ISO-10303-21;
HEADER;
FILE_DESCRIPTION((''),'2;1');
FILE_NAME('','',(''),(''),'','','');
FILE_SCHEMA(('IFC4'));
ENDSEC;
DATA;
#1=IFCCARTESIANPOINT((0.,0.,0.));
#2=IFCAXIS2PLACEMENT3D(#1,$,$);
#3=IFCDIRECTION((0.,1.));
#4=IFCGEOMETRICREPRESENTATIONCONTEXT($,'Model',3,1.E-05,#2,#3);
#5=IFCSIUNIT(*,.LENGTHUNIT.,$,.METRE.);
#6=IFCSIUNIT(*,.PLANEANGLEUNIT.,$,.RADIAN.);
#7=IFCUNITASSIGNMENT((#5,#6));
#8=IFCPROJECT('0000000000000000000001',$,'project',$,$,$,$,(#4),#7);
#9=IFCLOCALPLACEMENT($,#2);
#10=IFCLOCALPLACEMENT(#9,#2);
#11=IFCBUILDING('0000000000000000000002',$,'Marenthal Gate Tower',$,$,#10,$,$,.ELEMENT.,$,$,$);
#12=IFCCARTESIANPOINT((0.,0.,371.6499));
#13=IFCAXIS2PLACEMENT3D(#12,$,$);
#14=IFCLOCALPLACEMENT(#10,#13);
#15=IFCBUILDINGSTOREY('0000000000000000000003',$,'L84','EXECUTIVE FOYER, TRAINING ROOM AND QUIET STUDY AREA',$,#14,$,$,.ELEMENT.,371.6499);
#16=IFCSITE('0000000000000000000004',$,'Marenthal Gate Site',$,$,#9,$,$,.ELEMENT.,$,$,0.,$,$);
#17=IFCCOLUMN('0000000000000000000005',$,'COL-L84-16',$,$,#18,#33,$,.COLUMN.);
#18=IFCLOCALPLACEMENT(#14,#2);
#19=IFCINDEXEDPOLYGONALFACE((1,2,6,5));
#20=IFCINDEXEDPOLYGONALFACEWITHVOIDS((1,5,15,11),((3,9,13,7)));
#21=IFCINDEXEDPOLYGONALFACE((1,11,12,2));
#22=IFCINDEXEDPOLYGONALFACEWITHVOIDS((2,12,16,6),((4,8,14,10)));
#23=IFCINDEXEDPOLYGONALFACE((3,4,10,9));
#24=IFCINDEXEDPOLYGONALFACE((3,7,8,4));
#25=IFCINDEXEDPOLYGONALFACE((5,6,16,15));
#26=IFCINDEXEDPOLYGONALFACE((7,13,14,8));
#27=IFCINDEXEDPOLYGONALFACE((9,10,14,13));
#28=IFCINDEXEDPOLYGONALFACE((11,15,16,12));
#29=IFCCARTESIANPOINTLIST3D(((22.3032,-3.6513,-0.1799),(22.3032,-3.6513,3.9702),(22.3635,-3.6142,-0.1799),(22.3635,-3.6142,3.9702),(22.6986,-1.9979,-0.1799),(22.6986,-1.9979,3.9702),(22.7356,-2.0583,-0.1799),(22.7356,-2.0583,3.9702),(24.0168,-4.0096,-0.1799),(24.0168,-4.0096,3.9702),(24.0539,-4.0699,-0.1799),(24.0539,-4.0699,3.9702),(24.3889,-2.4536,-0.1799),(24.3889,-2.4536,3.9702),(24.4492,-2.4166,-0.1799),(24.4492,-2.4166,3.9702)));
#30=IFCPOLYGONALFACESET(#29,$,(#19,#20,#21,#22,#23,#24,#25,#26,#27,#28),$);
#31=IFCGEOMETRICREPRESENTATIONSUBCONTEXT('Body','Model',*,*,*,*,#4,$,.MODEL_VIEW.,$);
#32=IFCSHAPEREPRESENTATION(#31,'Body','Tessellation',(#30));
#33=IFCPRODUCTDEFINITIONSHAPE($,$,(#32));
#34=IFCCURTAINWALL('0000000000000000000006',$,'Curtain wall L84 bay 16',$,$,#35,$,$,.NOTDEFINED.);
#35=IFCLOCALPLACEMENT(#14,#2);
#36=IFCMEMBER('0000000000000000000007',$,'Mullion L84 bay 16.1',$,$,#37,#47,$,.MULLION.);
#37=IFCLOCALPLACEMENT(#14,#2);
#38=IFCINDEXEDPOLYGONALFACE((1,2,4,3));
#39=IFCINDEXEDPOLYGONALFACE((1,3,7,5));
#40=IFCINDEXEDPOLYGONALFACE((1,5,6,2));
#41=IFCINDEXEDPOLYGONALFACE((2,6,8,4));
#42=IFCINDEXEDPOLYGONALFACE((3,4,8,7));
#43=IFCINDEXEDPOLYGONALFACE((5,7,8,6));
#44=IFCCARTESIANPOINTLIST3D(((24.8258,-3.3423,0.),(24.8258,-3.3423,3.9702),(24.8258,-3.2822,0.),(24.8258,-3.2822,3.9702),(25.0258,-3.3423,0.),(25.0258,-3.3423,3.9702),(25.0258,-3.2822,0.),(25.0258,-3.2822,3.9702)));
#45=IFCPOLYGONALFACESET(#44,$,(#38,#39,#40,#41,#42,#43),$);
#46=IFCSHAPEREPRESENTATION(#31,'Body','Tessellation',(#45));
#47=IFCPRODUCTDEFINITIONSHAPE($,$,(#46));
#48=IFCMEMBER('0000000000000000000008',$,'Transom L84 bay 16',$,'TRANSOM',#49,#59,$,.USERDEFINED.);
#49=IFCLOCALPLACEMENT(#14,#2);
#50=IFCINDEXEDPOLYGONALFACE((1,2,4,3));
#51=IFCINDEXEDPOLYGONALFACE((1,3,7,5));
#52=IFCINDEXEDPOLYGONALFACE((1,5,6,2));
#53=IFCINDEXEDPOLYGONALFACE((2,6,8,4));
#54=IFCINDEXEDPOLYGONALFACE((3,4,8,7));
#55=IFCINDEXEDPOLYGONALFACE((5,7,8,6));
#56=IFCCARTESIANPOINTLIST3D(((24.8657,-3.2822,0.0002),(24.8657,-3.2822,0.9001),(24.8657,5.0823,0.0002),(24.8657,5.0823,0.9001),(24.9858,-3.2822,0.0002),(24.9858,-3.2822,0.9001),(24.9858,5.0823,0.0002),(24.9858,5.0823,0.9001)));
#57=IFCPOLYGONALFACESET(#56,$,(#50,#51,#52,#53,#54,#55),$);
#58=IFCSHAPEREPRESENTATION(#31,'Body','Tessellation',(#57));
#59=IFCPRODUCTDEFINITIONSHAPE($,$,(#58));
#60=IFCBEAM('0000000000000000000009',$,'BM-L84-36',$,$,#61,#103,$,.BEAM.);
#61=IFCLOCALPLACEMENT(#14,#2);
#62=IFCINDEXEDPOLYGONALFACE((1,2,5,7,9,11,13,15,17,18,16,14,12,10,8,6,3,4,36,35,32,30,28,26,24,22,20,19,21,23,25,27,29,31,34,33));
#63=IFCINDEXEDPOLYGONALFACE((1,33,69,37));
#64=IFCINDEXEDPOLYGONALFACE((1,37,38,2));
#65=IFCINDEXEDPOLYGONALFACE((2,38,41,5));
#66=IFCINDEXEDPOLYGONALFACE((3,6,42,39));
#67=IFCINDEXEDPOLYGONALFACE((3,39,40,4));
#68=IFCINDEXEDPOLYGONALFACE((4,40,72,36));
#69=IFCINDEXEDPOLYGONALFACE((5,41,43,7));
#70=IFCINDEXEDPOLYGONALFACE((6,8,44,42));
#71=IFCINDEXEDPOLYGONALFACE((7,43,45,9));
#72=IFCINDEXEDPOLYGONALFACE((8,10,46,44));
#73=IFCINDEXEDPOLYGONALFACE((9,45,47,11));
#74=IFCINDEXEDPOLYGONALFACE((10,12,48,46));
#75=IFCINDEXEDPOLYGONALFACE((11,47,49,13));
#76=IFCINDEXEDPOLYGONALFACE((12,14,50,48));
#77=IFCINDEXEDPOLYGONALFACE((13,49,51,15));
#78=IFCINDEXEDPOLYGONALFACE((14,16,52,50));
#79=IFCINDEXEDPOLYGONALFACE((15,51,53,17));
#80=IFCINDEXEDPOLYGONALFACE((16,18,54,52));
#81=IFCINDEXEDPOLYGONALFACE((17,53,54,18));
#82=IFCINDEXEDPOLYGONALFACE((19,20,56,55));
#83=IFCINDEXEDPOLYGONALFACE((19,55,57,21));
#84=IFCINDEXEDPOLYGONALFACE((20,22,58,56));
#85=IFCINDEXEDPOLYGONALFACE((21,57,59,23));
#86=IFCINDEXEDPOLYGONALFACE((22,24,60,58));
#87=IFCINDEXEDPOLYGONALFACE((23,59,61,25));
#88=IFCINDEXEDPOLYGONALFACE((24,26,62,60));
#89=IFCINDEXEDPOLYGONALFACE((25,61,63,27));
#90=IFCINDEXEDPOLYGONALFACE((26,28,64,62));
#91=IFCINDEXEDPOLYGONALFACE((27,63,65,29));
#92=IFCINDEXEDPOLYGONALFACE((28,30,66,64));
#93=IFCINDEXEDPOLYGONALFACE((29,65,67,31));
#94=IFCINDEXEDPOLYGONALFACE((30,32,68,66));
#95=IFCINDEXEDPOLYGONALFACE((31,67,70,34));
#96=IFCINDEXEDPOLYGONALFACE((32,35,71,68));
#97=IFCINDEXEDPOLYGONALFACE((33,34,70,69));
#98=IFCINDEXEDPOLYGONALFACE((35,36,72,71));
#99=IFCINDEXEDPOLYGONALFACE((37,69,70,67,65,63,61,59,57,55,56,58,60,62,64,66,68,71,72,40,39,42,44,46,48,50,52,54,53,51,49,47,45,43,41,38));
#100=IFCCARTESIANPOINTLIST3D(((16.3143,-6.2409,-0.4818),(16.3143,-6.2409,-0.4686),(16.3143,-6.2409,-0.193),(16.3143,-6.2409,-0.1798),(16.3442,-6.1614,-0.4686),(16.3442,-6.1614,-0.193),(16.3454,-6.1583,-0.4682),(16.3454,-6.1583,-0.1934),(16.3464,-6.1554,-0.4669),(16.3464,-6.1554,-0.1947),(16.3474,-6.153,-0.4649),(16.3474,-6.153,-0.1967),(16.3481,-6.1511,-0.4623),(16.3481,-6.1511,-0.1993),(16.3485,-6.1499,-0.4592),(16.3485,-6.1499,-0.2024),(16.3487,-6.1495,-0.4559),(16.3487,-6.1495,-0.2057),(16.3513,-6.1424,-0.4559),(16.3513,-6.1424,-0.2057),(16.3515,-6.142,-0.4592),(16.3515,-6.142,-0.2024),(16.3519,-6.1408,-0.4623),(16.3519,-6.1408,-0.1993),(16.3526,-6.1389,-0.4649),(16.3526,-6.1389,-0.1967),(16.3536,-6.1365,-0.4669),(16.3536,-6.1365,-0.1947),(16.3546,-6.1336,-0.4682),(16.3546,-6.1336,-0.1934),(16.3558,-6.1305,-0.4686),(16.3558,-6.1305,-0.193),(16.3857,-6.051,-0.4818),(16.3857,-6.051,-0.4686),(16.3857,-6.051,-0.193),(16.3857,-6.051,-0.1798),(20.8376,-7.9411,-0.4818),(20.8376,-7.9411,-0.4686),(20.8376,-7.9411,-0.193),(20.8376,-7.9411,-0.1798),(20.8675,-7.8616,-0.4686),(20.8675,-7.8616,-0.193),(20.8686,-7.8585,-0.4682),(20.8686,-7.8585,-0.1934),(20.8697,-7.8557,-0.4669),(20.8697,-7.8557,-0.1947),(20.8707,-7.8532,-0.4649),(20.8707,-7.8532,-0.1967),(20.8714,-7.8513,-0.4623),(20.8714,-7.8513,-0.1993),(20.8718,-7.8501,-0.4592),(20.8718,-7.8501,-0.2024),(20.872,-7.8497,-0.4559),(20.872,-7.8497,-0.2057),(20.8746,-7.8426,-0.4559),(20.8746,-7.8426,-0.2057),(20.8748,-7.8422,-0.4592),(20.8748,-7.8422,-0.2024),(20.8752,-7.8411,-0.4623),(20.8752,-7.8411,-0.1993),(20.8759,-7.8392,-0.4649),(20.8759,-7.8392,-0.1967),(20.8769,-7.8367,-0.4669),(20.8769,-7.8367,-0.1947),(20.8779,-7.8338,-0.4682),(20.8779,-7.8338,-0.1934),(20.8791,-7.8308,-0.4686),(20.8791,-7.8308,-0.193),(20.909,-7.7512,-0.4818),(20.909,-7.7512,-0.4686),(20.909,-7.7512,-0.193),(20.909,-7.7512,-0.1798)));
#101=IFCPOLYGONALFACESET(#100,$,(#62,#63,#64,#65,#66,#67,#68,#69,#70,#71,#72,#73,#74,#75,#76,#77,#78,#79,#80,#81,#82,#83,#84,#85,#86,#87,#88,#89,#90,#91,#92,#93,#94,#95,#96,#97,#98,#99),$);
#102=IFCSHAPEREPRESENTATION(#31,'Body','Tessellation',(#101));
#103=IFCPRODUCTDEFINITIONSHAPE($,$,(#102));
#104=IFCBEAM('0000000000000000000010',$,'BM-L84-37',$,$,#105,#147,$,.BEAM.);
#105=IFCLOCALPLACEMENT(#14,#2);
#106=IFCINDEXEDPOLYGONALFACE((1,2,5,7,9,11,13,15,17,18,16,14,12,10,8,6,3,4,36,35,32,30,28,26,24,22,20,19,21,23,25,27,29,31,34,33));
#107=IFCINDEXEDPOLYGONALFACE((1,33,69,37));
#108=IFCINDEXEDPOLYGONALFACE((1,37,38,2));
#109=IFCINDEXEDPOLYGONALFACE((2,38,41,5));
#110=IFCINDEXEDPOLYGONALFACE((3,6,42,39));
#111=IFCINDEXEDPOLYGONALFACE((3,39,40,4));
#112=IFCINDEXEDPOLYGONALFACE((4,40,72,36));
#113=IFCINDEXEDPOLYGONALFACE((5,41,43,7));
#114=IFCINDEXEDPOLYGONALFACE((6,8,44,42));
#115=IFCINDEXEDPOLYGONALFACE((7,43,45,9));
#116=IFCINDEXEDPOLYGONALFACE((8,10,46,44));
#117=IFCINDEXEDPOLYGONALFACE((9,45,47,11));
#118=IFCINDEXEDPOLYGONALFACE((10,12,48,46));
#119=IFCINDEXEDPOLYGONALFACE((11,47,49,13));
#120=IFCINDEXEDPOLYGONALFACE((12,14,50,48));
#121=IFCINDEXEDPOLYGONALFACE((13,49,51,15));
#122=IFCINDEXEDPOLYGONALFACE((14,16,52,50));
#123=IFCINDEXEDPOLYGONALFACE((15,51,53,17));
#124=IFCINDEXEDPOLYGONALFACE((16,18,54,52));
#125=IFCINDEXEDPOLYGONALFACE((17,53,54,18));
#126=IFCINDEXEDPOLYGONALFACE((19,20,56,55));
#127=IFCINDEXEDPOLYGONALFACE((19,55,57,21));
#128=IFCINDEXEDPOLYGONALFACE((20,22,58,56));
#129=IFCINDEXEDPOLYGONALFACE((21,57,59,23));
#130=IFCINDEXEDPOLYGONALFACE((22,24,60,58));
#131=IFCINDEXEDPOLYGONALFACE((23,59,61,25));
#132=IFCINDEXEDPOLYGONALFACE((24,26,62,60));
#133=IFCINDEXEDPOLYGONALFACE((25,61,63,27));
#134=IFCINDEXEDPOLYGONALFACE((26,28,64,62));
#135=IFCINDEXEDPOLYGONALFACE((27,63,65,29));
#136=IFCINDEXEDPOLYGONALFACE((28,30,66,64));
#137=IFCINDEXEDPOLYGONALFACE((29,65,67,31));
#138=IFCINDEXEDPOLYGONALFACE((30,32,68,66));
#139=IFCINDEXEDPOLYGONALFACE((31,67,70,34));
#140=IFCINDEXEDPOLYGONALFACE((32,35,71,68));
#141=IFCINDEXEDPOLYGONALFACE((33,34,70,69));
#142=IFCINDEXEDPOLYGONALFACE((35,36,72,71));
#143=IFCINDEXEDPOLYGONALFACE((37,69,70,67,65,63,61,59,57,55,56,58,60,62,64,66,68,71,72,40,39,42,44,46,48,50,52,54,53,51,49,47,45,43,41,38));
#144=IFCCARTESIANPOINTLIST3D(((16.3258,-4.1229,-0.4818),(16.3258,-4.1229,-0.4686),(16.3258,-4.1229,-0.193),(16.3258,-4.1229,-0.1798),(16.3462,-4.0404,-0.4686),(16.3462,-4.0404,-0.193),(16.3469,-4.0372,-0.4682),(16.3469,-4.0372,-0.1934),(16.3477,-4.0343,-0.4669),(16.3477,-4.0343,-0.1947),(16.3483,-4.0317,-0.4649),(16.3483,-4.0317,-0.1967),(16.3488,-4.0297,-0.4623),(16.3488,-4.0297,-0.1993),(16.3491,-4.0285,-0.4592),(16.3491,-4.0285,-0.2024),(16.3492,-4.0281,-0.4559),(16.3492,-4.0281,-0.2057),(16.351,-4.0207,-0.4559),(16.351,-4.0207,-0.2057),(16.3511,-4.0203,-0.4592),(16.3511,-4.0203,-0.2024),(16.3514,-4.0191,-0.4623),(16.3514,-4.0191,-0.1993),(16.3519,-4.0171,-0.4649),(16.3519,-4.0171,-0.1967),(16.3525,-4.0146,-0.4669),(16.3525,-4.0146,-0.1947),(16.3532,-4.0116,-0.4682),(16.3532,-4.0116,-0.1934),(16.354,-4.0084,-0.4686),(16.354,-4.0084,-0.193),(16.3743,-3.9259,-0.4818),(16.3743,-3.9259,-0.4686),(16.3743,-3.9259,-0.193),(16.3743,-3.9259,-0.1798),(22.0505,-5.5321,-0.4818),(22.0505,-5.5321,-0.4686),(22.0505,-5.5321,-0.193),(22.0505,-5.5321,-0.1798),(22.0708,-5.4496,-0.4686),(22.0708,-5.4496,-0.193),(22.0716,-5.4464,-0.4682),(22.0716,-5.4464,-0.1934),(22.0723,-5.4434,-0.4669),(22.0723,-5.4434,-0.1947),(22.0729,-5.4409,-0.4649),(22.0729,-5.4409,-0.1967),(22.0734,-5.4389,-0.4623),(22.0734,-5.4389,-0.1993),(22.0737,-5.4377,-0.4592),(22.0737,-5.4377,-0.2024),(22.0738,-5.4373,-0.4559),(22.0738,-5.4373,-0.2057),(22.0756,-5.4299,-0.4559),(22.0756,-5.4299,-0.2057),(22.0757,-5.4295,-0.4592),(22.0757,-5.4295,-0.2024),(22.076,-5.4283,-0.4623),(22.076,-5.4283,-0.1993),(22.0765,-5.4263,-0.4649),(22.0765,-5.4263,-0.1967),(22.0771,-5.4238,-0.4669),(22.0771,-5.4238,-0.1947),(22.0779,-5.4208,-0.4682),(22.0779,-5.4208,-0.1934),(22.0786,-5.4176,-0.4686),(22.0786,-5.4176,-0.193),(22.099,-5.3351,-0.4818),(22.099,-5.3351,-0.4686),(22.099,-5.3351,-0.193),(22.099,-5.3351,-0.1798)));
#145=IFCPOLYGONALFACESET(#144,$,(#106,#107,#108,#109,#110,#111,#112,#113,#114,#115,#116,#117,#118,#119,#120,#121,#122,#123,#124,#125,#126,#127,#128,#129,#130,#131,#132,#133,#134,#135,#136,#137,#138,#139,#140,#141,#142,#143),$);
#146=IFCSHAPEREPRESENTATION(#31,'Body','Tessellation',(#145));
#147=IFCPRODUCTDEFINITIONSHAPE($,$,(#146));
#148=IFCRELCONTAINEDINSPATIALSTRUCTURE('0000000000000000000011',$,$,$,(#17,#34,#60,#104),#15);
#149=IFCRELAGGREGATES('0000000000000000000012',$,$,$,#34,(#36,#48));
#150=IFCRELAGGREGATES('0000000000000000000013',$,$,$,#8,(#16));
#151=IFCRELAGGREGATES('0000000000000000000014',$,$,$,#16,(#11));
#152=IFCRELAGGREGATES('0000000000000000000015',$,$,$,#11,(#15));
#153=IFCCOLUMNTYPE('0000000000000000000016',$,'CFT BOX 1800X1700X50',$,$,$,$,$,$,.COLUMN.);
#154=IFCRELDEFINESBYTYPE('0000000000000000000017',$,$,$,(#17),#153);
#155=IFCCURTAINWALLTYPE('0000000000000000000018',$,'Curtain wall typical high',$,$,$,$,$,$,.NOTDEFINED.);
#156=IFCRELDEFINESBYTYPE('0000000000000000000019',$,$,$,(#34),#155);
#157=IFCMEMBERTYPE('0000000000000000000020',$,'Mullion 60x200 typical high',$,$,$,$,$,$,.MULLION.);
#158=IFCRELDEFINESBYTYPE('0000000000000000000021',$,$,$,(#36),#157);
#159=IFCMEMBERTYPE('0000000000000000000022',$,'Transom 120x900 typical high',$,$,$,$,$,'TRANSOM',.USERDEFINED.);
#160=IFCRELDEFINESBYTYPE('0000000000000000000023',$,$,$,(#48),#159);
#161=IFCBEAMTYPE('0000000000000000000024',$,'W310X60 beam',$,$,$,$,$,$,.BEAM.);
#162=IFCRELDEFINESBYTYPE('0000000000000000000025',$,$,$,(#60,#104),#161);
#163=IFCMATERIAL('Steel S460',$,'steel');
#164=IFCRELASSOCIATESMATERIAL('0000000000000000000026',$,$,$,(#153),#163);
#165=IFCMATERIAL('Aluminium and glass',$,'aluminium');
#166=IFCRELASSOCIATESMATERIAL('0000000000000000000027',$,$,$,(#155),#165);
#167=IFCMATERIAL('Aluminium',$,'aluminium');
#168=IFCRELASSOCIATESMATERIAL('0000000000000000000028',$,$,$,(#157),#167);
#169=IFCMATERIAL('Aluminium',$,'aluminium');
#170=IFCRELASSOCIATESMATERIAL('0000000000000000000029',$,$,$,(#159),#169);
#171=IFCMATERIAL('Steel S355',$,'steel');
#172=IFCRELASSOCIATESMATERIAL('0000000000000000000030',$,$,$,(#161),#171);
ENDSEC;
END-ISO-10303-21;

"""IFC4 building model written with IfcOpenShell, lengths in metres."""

from ifc_helpers import new_model, si_unit, direction, frame, origin, origin_2d, place, context, subcontext, project, spatial, rectangle, hollow_rectangle, i_section, extrude, material, material_profile, profile_set, type_object, element, aggregate, save


model = new_model("IFC4")

# Units and contexts
model_context = context("Model", 3, precision=1e-05, world=origin(), true_north=direction((0.0, 1.0)))
body_context = subcontext(model_context, "Body", "Model", "MODEL_VIEW")
ifc_project = project(units=[si_unit("LENGTHUNIT", "METRE"), si_unit("PLANEANGLEUNIT", "RADIAN")], contexts=[model_context])

# Site, building, storey
site_placement = place(None, origin())
site = spatial("IfcSite", under=ifc_project, at=site_placement, Name="Marenthal Gate Site", CompositionType="ELEMENT", RefElevation=0.0)
building_placement = place(site_placement, origin())
building = spatial("IfcBuilding", under=site, at=building_placement, Name="Marenthal Gate Tower", CompositionType="ELEMENT")
storey_placement = place(building_placement, frame((0.0, 0.0, 371.6499)))
storey = spatial("IfcBuildingStorey", under=building, at=storey_placement, Name="L84", Description="EXECUTIVE FOYER, TRAINING ROOM AND QUIET STUDY AREA", CompositionType="ELEMENT", Elevation=371.6499)

# Column
ifc_material_1 = material(Name="Steel S460", Category="steel")
ifc_material_profile_1 = material_profile(ifc_material_1, hollow_rectangle(XDim=1.7, YDim=1.8, WallThickness=0.05, at=origin_2d()), Name="CFT BOX 1800X1700X50")
ifc_material_2 = material(Name="Concrete 70 MPa", Category="concrete")
ifc_material_profile_2 = material_profile(ifc_material_2, rectangle(XDim=1.6001, YDim=1.7, at=origin_2d()), Name="CFT BOX 1800X1700X50 INFILL")
ifc_profile_set_1 = profile_set([ifc_material_profile_1, ifc_material_profile_2], Name="Steel S460 shell, Concrete 70 MPa infill")
column_type = type_object("IfcColumnType", Name="CFT BOX 1800X1700X50", PredefinedType="COLUMN", material=ifc_profile_set_1)
column_placement = place(storey_placement, frame((23.3762, -3.0339, -0.1799), z_axis=(0.0, 0.0, 1.0), x_axis=(-0.232571, -0.972579, 0.0)))
element("IfcColumn", 1, at=column_placement, inside=storey, type_object=column_type, Name="COL-L84-16", PredefinedType="COLUMN", context=body_context, shape_type="SweptSolid", body=[
    extrude(hollow_rectangle(XDim=1.7, YDim=1.8, WallThickness=0.05, at=origin_2d()), origin(), (0.0, 0.0, 1.0), 4.1501),
])

# Curtain wall, members
ifc_material_3 = material(Name="Aluminium and glass", Category="aluminium")
curtain_wall_type = type_object("IfcCurtainWallType", Name="Curtain wall typical high", PredefinedType="NOTDEFINED", material=ifc_material_3)
curtain_wall_placement = place(storey_placement, origin())
curtain_wall = element("IfcCurtainWall", 2, at=curtain_wall_placement, inside=storey, type_object=curtain_wall_type, Name="Curtain wall L84 bay 16", PredefinedType="NOTDEFINED")
ifc_material_4 = material(Name="Aluminium", Category="aluminium")
ifc_material_profile_3 = material_profile(ifc_material_4, rectangle(XDim=0.2, YDim=0.0601, at=origin_2d()), Name="60x200 aluminium mullion")
ifc_profile_set_2 = profile_set([ifc_material_profile_3], Name="Aluminium")
member_type_1 = type_object("IfcMemberType", Name="Mullion 60x200 typical high", PredefinedType="MULLION", material=ifc_profile_set_2)
member_1_placement = place(storey_placement, frame((24.9258, -3.3123, 0.0), z_axis=(0.0, 0.0, 1.0), x_axis=(-1.0, 0.0, 0.0)))
member_1 = element("IfcMember", 3, at=member_1_placement, type_object=member_type_1, Name="Mullion L84 bay 16.1", PredefinedType="MULLION", context=body_context, shape_type="SweptSolid", body=[
    extrude(rectangle(XDim=0.2, YDim=0.0601, at=origin_2d()), origin(), (0.0, 0.0, 1.0), 3.9702),
])
ifc_material_5 = material(Name="Aluminium", Category="aluminium")
ifc_material_profile_4 = material_profile(ifc_material_5, rectangle(XDim=0.1201, YDim=0.8999, at=origin_2d()), Name="120x900 aluminium transom")
ifc_profile_set_3 = profile_set([ifc_material_profile_4], Name="Aluminium")
member_type_2 = type_object("IfcMemberType", Name="Transom 120x900 typical high", ElementType="TRANSOM", PredefinedType="USERDEFINED", material=ifc_profile_set_3)
member_2_placement = place(storey_placement, frame((24.9258, -3.2822, 0.4502), z_axis=(0.0, 1.0, 0.0), x_axis=(-1.0, 0.0, 0.0)))
member_2 = element("IfcMember", 4, at=member_2_placement, type_object=member_type_2, Name="Transom L84 bay 16", ObjectType="TRANSOM", PredefinedType="USERDEFINED", context=body_context, shape_type="SweptSolid", body=[
    extrude(rectangle(XDim=0.1201, YDim=0.8999, at=origin_2d()), origin(), (0.0, 0.0, 1.0), 8.3645),
])

# Beams
ifc_material_6 = material(Name="Steel S355", Category="steel")
ifc_material_profile_5 = material_profile(ifc_material_6, i_section(OverallWidth=0.2029, OverallDepth=0.302, WebThickness=0.0076, FlangeThickness=0.0132, FilletRadius=0.0127, at=origin_2d()), Name="W310X60")
ifc_profile_set_4 = profile_set([ifc_material_profile_5], Name="Steel S355")
beam_type_1 = type_object("IfcBeamType", Name="W310X60 beam", PredefinedType="BEAM", material=ifc_profile_set_4)
beam_1_placement = place(storey_placement, frame((20.8733, -7.8462, -0.3308), z_axis=(-0.936057, 0.351849, 0.0), x_axis=(-0.351849, -0.936057, 0.0)))
element("IfcBeam", 5, at=beam_1_placement, inside=storey, type_object=beam_type_1, Name="BM-L84-36", PredefinedType="BEAM", context=body_context, shape_type="SweptSolid", body=[
    extrude(i_section(OverallWidth=0.2029, OverallDepth=0.302, WebThickness=0.0076, FlangeThickness=0.0132, FilletRadius=0.0127, at=origin_2d()), origin(), (0.0, 0.0, 1.0), 4.8323),
])
beam_2_placement = place(storey_placement, frame((22.0747, -5.4336, -0.3308), z_axis=(-0.971013, 0.239026, 0.0), x_axis=(-0.239026, -0.971013, 0.0)))
element("IfcBeam", 6, at=beam_2_placement, inside=storey, type_object=beam_type_1, Name="BM-L84-37", PredefinedType="BEAM", context=body_context, shape_type="SweptSolid", body=[
    extrude(i_section(OverallWidth=0.2029, OverallDepth=0.302, WebThickness=0.0076, FlangeThickness=0.0132, FilletRadius=0.0127, at=origin_2d()), origin(), (0.0, 0.0, 1.0), 5.8955),
])

aggregate(curtain_wall, [member_1, member_2])

save(model, "model.ifc")
